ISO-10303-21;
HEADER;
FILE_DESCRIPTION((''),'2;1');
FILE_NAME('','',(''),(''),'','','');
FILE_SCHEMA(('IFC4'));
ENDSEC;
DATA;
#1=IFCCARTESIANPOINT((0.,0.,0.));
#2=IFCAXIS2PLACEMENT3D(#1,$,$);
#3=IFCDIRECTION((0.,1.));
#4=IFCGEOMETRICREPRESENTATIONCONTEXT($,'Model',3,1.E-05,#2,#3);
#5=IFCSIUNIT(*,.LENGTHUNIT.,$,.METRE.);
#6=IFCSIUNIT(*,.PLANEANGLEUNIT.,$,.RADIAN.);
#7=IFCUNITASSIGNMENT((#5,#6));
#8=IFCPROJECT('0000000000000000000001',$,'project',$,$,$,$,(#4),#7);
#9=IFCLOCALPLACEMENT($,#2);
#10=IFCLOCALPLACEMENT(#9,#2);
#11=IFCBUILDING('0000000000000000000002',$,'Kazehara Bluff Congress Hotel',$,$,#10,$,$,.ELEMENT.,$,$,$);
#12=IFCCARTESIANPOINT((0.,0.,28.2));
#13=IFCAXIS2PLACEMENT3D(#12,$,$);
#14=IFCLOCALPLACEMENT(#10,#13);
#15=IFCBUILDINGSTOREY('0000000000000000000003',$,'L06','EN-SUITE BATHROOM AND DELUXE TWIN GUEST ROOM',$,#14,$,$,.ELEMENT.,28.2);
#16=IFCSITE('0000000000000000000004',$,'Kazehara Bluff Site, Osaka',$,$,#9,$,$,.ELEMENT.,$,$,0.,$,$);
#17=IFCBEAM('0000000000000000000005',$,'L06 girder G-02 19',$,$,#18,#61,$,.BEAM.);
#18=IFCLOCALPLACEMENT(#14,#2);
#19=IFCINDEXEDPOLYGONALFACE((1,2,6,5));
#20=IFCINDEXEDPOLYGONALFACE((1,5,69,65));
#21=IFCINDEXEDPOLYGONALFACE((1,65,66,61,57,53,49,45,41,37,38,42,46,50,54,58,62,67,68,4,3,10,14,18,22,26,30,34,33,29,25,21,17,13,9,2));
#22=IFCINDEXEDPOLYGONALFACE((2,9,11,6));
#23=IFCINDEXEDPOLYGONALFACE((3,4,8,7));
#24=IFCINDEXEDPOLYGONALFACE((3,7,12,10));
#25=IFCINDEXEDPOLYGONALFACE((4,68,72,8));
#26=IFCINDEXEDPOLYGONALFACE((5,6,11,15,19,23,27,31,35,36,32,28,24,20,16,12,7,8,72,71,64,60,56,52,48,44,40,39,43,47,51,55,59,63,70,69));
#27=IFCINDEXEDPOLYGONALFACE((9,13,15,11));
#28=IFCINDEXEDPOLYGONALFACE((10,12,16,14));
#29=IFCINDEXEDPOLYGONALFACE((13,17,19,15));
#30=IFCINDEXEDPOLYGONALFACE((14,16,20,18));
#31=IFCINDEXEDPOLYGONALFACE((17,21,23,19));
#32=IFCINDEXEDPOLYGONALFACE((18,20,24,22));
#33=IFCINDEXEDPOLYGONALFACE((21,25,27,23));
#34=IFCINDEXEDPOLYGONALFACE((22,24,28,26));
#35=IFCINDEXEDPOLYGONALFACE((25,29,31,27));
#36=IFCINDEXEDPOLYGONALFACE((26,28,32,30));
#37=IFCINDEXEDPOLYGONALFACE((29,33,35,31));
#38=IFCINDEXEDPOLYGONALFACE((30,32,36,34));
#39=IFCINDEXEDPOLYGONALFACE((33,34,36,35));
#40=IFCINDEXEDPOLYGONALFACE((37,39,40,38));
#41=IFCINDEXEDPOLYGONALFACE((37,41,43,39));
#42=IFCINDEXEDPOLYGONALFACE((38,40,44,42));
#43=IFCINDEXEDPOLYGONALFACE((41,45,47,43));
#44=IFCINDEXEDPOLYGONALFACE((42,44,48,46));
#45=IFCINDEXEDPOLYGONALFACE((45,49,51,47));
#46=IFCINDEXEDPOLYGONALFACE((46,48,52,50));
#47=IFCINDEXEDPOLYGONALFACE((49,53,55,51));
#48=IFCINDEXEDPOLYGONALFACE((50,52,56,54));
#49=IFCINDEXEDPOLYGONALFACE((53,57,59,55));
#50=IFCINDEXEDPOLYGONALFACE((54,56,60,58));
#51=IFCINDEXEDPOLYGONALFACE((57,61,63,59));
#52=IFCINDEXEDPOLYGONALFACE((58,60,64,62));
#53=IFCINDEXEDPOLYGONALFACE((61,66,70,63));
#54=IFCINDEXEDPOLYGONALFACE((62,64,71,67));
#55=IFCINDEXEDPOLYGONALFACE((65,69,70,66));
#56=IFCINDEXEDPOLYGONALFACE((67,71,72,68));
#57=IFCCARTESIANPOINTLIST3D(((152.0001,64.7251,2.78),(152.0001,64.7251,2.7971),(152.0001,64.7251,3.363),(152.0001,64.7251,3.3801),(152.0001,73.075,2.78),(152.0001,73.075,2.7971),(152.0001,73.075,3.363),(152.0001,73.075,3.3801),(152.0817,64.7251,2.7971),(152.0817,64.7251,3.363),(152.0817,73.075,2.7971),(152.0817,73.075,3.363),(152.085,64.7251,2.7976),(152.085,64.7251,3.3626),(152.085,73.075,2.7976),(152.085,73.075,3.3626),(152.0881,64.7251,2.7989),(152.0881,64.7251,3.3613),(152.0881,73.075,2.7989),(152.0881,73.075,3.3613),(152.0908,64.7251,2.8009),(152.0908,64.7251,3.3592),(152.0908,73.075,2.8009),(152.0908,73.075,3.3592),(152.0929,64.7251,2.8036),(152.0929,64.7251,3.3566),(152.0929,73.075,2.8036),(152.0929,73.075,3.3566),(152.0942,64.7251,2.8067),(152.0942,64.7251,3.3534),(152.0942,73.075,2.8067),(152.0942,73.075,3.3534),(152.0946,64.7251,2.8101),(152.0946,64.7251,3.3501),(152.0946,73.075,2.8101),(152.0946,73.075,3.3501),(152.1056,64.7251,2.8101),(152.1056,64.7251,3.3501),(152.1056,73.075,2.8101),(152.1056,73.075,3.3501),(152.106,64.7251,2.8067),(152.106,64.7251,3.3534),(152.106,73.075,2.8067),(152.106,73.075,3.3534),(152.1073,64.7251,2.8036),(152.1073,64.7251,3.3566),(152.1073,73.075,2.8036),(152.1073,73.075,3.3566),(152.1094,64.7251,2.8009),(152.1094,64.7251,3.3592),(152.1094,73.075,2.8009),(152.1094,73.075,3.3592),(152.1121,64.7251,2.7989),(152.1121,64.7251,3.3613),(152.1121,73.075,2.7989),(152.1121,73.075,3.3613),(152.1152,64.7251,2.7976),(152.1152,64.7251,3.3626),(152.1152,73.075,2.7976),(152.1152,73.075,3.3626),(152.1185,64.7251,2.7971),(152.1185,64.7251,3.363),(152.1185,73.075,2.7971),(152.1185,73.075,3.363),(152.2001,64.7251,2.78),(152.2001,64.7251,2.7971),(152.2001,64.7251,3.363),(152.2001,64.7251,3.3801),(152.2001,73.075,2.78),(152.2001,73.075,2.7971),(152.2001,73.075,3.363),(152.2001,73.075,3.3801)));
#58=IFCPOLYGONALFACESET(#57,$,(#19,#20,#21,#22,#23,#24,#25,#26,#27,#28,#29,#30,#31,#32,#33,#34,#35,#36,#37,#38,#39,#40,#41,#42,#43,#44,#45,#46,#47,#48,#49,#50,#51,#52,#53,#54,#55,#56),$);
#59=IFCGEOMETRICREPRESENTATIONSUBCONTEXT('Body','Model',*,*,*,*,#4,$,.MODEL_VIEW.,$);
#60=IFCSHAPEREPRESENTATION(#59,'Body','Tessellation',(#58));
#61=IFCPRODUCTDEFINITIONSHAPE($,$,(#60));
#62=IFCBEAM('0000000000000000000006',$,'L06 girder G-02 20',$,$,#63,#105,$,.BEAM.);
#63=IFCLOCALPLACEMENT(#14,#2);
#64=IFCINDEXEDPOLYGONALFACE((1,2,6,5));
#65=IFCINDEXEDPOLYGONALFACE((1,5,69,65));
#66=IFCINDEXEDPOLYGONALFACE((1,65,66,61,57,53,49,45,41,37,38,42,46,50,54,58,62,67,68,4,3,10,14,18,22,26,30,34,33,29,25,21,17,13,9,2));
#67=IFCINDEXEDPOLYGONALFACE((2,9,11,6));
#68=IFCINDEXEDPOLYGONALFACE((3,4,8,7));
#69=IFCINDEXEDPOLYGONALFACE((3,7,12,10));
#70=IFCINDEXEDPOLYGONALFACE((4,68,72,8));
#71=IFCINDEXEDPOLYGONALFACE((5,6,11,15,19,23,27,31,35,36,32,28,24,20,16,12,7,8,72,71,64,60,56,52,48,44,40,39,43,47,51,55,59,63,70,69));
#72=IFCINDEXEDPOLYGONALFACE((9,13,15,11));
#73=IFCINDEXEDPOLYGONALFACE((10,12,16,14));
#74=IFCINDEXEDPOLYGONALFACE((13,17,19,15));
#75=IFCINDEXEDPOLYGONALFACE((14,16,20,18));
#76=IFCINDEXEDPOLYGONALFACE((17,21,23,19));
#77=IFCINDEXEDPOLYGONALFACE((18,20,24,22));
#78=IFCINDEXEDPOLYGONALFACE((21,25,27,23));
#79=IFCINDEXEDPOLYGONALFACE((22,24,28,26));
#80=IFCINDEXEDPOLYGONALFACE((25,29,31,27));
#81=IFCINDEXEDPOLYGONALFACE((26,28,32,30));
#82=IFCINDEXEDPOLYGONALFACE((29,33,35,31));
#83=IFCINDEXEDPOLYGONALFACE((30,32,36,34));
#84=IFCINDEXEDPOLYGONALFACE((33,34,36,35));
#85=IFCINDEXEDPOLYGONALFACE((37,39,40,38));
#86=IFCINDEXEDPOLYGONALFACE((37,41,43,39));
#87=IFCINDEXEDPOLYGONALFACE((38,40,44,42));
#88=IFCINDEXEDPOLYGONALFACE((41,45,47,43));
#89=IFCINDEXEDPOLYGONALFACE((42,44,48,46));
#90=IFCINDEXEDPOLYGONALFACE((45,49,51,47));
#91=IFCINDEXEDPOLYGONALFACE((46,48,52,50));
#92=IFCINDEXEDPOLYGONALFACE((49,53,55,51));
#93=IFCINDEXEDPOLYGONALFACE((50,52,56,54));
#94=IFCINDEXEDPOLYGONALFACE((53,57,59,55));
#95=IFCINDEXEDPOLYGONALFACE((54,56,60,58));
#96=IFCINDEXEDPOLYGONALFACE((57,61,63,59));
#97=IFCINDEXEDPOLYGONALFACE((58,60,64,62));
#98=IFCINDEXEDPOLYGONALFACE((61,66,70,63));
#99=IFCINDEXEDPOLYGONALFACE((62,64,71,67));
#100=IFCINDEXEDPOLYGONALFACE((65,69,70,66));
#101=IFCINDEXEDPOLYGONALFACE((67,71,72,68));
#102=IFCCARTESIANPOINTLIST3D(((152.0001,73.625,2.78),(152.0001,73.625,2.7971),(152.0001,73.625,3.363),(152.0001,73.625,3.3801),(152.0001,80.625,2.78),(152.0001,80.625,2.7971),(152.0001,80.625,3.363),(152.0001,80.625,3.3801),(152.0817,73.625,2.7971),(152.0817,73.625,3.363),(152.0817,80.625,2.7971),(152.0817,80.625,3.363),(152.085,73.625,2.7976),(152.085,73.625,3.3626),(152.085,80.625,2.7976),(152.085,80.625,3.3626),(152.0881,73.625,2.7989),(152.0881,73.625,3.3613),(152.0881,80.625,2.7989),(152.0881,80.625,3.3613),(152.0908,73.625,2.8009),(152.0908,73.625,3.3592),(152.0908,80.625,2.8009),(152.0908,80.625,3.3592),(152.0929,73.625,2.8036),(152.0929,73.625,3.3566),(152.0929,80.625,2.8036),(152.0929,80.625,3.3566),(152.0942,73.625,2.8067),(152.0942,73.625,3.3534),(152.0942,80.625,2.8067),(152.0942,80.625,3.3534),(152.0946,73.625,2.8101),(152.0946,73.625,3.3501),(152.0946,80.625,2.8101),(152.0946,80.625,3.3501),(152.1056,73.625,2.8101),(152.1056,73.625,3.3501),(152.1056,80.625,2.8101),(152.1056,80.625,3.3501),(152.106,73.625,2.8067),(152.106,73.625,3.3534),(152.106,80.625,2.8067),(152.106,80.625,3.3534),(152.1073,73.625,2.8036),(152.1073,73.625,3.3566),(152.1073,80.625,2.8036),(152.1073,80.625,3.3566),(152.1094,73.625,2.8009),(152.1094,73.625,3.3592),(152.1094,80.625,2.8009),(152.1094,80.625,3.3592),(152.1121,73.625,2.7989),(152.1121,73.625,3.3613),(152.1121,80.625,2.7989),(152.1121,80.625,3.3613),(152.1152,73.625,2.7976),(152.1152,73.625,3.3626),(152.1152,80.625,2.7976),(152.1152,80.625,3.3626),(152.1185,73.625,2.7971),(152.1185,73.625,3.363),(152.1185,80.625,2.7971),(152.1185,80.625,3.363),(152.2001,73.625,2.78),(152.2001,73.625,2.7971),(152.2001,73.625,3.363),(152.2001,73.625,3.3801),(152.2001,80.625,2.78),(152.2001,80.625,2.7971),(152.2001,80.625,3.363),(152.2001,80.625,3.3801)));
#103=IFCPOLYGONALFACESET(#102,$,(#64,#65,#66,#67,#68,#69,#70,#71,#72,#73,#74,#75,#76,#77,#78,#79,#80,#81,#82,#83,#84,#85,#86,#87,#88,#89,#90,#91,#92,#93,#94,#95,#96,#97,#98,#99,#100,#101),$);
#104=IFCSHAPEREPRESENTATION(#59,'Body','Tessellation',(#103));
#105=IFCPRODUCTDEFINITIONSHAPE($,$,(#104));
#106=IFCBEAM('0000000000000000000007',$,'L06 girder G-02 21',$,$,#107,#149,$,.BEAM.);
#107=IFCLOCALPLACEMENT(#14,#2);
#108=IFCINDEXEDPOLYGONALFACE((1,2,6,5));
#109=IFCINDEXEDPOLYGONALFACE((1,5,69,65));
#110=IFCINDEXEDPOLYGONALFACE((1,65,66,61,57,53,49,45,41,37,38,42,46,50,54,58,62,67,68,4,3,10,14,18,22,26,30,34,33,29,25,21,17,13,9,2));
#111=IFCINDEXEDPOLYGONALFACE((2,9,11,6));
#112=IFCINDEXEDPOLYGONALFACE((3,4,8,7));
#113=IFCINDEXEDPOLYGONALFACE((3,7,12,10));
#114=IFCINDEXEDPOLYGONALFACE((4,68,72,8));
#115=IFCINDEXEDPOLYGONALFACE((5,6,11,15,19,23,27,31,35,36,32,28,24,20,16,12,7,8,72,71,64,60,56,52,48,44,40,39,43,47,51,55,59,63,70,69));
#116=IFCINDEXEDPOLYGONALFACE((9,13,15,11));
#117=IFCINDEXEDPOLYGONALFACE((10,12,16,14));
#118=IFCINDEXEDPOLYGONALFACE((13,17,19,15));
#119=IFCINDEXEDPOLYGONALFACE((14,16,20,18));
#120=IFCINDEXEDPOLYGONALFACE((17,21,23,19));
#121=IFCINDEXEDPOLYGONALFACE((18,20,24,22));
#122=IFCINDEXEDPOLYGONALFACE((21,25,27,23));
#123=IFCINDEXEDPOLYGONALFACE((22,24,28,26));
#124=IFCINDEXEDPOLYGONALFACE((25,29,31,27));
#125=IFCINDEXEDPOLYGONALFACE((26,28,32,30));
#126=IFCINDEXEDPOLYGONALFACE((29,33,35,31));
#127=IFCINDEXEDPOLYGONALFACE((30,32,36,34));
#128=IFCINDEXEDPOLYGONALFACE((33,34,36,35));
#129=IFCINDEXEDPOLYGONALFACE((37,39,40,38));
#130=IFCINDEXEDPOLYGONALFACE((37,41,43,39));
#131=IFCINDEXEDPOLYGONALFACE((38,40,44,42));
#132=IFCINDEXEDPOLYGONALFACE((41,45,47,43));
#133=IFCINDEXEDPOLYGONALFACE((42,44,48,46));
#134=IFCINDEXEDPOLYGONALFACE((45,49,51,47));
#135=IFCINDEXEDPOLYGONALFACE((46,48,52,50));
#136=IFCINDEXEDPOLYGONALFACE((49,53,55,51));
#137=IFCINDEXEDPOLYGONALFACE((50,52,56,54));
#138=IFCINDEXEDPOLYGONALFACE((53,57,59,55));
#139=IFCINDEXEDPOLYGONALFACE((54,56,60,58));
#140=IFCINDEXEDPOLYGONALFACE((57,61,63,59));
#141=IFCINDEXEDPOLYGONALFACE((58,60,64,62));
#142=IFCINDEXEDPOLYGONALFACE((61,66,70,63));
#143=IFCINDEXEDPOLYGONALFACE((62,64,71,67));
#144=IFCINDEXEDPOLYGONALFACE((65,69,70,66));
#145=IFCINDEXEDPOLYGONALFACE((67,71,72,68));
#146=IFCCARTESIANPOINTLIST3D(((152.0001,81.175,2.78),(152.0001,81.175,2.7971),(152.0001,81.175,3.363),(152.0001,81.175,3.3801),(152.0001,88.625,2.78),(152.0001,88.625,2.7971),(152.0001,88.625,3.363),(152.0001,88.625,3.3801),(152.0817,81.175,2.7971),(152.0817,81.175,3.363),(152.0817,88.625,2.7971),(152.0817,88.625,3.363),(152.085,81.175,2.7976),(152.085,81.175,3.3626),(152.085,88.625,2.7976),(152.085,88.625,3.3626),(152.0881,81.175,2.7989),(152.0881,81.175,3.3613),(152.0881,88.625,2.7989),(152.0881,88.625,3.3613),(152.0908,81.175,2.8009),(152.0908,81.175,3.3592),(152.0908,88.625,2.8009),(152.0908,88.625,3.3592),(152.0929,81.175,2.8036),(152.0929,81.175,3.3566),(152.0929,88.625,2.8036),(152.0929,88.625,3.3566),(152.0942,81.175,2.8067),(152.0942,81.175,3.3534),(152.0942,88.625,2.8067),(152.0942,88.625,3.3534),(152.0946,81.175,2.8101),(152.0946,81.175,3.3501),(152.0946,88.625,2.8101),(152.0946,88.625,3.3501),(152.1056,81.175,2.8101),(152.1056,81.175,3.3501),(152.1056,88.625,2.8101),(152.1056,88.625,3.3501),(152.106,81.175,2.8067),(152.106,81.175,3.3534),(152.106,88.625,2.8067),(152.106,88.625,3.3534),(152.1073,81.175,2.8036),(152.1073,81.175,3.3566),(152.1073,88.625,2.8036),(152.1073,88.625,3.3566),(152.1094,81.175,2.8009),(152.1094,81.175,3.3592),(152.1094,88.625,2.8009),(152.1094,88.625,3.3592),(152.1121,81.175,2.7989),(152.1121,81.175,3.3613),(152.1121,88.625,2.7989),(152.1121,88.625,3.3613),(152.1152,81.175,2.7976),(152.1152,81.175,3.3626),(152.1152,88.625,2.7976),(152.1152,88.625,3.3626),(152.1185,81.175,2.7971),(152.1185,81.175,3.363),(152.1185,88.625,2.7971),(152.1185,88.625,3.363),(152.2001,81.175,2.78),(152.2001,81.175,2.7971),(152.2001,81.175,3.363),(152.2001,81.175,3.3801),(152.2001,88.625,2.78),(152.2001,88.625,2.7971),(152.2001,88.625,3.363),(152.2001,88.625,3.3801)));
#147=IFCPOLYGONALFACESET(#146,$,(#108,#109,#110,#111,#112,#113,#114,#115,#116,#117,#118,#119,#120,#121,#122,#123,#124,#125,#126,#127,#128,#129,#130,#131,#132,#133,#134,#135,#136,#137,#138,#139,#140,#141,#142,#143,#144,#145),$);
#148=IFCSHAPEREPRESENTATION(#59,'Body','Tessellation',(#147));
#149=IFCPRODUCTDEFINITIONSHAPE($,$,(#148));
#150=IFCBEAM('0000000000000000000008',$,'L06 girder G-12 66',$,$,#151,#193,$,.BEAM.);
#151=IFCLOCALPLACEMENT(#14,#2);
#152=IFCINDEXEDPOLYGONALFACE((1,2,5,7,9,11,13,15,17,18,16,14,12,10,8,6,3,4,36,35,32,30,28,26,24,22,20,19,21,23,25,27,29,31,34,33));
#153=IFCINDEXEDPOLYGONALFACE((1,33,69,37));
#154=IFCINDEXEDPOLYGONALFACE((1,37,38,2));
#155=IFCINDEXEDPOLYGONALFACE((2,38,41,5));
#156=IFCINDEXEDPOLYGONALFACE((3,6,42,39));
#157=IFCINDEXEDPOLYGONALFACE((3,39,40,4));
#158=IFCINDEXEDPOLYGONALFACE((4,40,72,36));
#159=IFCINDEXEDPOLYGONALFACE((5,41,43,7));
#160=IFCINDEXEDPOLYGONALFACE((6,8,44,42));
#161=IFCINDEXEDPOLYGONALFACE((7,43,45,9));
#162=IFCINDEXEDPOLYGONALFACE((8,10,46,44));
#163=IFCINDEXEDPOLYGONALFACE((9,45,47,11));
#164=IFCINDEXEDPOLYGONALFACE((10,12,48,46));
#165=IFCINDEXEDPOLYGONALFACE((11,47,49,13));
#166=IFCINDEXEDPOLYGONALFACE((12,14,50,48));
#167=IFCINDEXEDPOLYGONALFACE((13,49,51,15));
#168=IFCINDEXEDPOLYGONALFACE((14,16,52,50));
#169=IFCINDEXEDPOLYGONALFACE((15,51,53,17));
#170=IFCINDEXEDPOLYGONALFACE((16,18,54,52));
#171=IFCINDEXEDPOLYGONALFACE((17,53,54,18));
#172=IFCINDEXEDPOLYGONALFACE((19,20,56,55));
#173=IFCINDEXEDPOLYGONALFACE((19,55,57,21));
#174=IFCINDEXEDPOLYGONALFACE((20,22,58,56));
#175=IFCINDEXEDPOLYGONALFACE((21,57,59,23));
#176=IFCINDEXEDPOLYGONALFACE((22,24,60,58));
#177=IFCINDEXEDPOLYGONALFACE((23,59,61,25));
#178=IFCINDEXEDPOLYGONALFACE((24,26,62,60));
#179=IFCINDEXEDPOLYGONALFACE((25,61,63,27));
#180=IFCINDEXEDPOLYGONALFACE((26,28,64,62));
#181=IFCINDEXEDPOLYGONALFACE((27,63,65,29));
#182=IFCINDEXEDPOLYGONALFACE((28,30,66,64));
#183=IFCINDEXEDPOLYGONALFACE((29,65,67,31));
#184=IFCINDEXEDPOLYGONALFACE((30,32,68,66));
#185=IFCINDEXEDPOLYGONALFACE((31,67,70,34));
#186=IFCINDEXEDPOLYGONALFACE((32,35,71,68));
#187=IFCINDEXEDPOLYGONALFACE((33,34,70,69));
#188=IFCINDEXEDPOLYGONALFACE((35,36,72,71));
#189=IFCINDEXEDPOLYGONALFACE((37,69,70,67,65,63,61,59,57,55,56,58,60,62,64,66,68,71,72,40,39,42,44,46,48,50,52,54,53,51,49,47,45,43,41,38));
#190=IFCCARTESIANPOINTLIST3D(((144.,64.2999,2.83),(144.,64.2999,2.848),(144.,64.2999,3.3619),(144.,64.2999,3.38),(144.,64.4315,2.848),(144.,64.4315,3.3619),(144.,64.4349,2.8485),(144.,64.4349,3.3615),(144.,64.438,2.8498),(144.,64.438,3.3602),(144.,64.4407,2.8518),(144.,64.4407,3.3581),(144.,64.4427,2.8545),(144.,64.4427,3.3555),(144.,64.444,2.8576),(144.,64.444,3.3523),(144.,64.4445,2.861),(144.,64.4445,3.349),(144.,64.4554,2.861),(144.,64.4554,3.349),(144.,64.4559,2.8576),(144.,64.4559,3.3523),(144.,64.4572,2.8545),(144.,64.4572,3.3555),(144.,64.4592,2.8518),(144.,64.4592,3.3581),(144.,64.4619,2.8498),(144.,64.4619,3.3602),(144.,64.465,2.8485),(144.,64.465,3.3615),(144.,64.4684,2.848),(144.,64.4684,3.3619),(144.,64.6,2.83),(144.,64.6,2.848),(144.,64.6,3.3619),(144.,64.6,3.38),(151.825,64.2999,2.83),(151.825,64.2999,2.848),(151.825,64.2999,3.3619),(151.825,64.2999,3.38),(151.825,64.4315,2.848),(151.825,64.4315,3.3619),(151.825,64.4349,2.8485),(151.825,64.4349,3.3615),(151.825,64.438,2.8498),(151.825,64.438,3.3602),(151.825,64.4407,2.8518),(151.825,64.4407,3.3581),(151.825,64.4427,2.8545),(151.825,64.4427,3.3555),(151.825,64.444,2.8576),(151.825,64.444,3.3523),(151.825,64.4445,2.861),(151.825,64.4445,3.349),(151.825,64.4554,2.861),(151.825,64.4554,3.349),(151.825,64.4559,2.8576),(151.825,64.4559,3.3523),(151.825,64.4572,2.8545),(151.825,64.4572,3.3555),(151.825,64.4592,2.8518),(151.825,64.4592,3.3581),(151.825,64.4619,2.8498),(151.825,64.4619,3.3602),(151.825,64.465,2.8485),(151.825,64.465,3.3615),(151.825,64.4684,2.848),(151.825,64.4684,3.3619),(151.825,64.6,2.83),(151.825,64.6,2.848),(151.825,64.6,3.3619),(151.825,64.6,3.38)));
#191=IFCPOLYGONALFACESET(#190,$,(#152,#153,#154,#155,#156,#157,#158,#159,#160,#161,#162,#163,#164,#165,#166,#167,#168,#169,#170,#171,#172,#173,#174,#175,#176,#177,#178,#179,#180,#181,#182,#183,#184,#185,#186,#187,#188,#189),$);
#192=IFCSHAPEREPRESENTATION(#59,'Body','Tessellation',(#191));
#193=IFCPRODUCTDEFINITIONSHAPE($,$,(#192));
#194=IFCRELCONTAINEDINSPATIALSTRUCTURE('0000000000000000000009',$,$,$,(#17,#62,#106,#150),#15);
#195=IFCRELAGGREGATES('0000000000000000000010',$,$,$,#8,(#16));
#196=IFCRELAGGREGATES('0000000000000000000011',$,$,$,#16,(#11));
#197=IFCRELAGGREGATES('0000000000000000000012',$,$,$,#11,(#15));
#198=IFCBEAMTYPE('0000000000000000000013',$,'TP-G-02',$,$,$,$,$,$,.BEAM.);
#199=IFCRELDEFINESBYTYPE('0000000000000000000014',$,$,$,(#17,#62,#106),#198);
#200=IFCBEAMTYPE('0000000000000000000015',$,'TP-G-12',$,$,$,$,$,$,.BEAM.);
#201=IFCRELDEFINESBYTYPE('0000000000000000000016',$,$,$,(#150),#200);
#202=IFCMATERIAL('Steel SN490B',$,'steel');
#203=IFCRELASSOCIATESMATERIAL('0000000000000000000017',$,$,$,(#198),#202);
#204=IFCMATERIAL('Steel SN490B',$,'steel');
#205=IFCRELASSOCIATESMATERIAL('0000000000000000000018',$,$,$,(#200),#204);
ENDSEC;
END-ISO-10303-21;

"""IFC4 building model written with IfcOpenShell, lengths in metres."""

from ifc_helpers import new_model, si_unit, direction, frame, origin, origin_2d, place, context, subcontext, project, spatial, i_section, extrude, material, material_profile, profile_set, type_object, element, save


model = new_model("IFC4")

# Units and contexts
model_context = context("Model", 3, precision=1e-05, world=origin(), true_north=direction((0.0, 1.0)))
body_context = subcontext(model_context, "Body", "Model", "MODEL_VIEW")
ifc_project = project(units=[si_unit("LENGTHUNIT", "METRE"), si_unit("PLANEANGLEUNIT", "RADIAN")], contexts=[model_context])

# Site, building, storey
site_placement = place(None, origin())
site = spatial("IfcSite", under=ifc_project, at=site_placement, Name="Kazehara Bluff Site, Osaka", CompositionType="ELEMENT", RefElevation=0.0)
building_placement = place(site_placement, origin())
building = spatial("IfcBuilding", under=site, at=building_placement, Name="Kazehara Bluff Congress Hotel", CompositionType="ELEMENT")
storey_placement = place(building_placement, frame((0.0, 0.0, 28.2)))
storey = spatial("IfcBuildingStorey", under=building, at=storey_placement, Name="L06", Description="EN-SUITE BATHROOM AND DELUXE TWIN GUEST ROOM", CompositionType="ELEMENT", Elevation=28.2)

# Beams
ifc_material_1 = material(Name="Steel SN490B", Category="steel")
ifc_material_profile_1 = material_profile(ifc_material_1, i_section(OverallWidth=0.2, OverallDepth=0.6001, WebThickness=0.011, FlangeThickness=0.0171, FilletRadius=0.0129, at=origin_2d()))
ifc_profile_set_1 = profile_set([ifc_material_profile_1], Name="Steel SN490B")
beam_type_1 = type_object("IfcBeamType", Name="TP-G-02", PredefinedType="BEAM", material=ifc_profile_set_1)
beam_1_placement = place(storey_placement, frame((152.1001, 64.7251, 3.0801), z_axis=(0.0, 1.0, 0.0), x_axis=(-1.0, 0.0, 0.0)))
element("IfcBeam", 1, at=beam_1_placement, inside=storey, type_object=beam_type_1, Name="L06 girder G-02 19", PredefinedType="BEAM", context=body_context, shape_type="SweptSolid", body=[
    extrude(i_section(OverallWidth=0.2, OverallDepth=0.6001, WebThickness=0.011, FlangeThickness=0.0171, FilletRadius=0.0129, at=origin_2d()), origin(), (0.0, 0.0, 1.0), 8.3499),
])
beam_2_placement = place(storey_placement, frame((152.1001, 73.625, 3.0801), z_axis=(0.0, 1.0, 0.0), x_axis=(-1.0, 0.0, 0.0)))
element("IfcBeam", 2, at=beam_2_placement, inside=storey, type_object=beam_type_1, Name="L06 girder G-02 20", PredefinedType="BEAM", context=body_context, shape_type="SweptSolid", body=[
    extrude(i_section(OverallWidth=0.2, OverallDepth=0.6001, WebThickness=0.011, FlangeThickness=0.0171, FilletRadius=0.0129, at=origin_2d()), origin(), (0.0, 0.0, 1.0), 7.0),
])
beam_3_placement = place(storey_placement, frame((152.1001, 81.175, 3.0801), z_axis=(0.0, 1.0, 0.0), x_axis=(-1.0, 0.0, 0.0)))
element("IfcBeam", 3, at=beam_3_placement, inside=storey, type_object=beam_type_1, Name="L06 girder G-02 21", PredefinedType="BEAM", context=body_context, shape_type="SweptSolid", body=[
    extrude(i_section(OverallWidth=0.2, OverallDepth=0.6001, WebThickness=0.011, FlangeThickness=0.0171, FilletRadius=0.0129, at=origin_2d()), origin(), (0.0, 0.0, 1.0), 7.45),
])
ifc_material_2 = material(Name="Steel SN490B", Category="steel")
ifc_material_profile_2 = material_profile(ifc_material_2, i_section(OverallWidth=0.3, OverallDepth=0.55, WebThickness=0.011, FlangeThickness=0.0181, FilletRadius=0.0129, at=origin_2d()))
ifc_profile_set_2 = profile_set([ifc_material_profile_2], Name="Steel SN490B")
beam_type_2 = type_object("IfcBeamType", Name="TP-G-12", PredefinedType="BEAM", material=ifc_profile_set_2)
beam_4_placement = place(storey_placement, frame((144.0, 64.45, 3.105), z_axis=(1.0, 0.0, 0.0), x_axis=(0.0, 1.0, 0.0)))
element("IfcBeam", 4, at=beam_4_placement, inside=storey, type_object=beam_type_2, Name="L06 girder G-12 66", PredefinedType="BEAM", context=body_context, shape_type="SweptSolid", body=[
    extrude(i_section(OverallWidth=0.3, OverallDepth=0.55, WebThickness=0.011, FlangeThickness=0.0181, FilletRadius=0.0129, at=origin_2d()), origin(), (0.0, 0.0, 1.0), 7.825),
])

save(model, "model.ifc")
